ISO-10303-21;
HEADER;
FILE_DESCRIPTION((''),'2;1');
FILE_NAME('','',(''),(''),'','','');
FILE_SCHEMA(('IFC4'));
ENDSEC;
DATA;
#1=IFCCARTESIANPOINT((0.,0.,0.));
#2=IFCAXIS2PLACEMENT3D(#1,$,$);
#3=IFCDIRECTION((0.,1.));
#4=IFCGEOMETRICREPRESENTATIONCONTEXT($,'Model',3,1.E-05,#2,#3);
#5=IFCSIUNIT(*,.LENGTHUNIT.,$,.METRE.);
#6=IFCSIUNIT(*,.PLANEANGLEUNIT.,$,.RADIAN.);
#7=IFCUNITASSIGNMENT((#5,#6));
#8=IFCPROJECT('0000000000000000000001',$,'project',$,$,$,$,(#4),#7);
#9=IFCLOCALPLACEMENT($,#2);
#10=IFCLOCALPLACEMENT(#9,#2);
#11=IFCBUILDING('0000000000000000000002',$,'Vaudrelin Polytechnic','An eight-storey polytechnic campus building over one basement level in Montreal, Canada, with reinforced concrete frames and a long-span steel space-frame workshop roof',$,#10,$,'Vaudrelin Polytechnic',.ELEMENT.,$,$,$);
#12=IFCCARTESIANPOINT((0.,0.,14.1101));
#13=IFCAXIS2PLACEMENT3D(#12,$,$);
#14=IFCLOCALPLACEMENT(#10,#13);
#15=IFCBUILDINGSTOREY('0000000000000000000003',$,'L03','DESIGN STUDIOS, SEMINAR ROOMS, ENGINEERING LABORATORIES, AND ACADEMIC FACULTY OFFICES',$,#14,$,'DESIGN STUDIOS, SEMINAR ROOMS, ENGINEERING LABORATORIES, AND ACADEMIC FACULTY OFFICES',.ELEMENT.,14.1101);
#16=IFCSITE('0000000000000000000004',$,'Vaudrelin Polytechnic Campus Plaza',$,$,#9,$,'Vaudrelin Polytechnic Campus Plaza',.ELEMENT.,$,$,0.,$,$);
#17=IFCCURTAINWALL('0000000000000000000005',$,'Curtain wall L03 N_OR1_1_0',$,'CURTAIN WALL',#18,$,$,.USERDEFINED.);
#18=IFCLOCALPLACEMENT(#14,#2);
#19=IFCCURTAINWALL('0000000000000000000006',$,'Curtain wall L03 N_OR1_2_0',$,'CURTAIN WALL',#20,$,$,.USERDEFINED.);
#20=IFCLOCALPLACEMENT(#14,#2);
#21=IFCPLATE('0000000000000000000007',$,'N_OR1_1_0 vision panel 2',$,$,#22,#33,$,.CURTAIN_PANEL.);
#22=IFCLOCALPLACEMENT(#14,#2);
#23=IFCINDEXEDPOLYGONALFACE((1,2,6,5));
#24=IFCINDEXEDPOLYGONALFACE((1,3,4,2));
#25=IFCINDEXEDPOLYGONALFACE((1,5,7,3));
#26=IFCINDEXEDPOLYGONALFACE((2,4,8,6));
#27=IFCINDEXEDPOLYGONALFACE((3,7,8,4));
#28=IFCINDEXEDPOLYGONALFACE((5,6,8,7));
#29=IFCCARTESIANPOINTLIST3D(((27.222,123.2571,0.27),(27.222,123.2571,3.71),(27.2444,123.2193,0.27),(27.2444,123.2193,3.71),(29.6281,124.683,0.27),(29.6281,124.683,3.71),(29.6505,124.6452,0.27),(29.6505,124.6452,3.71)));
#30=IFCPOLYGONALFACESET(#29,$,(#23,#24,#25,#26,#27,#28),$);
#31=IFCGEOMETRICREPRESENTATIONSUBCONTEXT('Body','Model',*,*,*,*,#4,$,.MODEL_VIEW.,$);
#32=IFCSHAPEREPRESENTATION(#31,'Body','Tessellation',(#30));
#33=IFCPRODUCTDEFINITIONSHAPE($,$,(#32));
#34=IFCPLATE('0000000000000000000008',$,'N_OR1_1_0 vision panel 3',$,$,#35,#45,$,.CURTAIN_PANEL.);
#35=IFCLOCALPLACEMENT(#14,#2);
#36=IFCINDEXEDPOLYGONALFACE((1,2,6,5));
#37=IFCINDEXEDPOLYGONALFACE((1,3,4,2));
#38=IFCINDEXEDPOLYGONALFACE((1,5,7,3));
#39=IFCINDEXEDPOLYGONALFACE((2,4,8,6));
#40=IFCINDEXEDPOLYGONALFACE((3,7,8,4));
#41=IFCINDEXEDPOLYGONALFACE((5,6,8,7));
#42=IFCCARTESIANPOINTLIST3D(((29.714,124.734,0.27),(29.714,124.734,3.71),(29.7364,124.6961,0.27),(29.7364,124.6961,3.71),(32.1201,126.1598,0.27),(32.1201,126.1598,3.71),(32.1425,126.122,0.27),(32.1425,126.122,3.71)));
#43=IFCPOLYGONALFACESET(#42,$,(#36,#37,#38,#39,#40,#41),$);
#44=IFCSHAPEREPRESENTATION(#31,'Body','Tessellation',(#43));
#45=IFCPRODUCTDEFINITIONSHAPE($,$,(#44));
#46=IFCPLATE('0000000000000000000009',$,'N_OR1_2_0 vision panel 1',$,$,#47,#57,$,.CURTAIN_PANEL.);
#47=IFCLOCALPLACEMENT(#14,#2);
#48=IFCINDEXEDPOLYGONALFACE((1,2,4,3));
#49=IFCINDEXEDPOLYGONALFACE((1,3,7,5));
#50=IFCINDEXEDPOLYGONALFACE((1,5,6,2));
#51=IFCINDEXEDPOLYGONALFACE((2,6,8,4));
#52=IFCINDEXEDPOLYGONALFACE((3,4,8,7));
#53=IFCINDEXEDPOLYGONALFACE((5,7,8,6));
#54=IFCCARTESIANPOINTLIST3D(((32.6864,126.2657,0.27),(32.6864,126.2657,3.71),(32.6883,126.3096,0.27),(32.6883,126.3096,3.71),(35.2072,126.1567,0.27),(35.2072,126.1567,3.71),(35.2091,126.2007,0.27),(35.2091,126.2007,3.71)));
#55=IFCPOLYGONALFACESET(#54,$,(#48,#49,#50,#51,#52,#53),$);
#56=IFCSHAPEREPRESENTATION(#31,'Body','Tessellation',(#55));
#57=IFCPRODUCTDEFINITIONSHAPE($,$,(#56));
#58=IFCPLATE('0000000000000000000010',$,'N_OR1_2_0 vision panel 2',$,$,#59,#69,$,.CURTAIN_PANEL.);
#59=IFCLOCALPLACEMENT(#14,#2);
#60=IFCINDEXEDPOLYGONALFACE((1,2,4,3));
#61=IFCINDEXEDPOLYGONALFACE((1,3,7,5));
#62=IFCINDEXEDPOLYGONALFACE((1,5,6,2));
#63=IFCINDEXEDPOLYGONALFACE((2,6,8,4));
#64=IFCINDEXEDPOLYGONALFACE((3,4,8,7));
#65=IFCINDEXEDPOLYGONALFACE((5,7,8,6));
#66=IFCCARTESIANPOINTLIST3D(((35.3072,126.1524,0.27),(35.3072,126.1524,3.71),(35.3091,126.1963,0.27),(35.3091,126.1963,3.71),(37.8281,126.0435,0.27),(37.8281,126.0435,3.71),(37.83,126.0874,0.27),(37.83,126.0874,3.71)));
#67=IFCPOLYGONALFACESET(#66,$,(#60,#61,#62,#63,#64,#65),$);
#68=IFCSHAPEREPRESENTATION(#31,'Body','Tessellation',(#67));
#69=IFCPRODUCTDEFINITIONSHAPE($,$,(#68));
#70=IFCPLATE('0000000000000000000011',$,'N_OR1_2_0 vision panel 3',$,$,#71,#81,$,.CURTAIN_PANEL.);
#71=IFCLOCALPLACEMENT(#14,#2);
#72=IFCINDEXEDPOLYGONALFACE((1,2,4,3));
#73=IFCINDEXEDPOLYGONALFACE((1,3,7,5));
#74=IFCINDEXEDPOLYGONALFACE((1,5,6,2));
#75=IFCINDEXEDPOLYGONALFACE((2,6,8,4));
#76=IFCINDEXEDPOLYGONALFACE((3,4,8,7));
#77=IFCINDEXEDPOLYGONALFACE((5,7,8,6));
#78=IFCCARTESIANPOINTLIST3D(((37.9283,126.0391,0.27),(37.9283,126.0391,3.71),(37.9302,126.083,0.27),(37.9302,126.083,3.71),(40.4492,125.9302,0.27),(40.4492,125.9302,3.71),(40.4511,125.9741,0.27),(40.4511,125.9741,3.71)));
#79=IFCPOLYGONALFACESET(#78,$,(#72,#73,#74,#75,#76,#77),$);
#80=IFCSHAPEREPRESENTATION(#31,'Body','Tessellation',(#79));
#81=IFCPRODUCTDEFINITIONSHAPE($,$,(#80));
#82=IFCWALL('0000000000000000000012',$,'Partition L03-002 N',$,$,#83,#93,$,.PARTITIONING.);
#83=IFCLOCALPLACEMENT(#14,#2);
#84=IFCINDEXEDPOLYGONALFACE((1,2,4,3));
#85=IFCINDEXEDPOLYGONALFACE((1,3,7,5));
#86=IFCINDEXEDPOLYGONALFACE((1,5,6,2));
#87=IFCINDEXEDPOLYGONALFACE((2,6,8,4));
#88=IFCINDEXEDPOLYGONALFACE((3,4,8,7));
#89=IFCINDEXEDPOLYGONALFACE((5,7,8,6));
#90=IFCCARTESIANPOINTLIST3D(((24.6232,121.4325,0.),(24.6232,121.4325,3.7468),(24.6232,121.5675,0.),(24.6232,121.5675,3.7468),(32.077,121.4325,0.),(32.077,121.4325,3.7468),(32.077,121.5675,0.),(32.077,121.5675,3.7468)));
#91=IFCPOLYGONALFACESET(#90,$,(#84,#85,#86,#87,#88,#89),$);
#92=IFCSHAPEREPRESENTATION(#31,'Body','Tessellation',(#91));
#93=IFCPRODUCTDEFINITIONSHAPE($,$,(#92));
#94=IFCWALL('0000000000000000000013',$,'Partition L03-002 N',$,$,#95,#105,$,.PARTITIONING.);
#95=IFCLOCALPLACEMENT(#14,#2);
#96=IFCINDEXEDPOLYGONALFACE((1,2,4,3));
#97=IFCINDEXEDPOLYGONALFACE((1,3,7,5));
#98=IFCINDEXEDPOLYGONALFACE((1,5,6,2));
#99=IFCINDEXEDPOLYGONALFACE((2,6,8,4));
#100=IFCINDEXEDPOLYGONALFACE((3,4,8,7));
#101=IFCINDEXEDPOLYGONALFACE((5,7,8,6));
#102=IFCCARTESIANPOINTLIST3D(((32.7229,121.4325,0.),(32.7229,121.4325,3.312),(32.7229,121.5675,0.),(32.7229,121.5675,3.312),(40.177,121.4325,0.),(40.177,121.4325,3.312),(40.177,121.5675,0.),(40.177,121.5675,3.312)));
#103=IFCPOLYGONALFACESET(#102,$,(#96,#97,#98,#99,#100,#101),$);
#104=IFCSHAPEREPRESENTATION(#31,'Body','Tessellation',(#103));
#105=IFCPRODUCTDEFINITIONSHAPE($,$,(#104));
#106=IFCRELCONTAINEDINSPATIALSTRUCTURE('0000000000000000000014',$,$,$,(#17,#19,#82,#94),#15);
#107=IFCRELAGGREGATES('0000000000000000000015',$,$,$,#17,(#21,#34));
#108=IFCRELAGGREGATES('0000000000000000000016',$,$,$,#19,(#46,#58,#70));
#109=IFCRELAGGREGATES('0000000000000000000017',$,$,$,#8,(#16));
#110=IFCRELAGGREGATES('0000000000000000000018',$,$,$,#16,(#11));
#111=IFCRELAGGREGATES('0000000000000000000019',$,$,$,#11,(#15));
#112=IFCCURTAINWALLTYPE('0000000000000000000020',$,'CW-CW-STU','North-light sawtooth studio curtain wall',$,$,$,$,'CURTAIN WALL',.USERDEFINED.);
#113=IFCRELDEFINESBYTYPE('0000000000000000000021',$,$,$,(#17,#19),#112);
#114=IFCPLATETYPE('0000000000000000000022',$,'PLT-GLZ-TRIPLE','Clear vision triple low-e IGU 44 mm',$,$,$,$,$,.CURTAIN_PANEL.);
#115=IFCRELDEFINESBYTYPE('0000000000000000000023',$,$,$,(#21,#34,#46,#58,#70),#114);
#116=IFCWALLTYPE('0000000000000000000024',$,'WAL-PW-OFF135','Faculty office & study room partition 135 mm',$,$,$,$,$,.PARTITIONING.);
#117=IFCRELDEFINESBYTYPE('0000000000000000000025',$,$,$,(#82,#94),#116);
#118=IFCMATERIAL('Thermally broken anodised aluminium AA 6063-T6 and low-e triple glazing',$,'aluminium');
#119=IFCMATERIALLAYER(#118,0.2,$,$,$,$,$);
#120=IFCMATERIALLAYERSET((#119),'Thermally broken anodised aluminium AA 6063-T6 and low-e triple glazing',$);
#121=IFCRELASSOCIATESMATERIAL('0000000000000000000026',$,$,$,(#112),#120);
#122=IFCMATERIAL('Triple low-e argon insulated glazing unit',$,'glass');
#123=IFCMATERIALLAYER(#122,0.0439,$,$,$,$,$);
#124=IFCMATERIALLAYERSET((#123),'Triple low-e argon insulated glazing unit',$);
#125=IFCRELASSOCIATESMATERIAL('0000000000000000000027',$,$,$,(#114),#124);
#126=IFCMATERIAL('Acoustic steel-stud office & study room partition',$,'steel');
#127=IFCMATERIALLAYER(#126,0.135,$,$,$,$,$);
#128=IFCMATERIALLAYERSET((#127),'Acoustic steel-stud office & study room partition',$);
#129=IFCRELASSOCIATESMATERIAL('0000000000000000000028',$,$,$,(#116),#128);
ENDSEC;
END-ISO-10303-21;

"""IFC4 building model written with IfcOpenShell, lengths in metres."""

from ifc_helpers import new_model, si_unit, direction, frame, frame_2d, origin, origin_2d, place, context, subcontext, project, spatial, rectangle, extrude, material, layer, layer_set, type_object, element, aggregate, save


model = new_model("IFC4")

# Units and contexts
model_context = context("Model", 3, precision=1e-05, world=origin(), true_north=direction((0.0, 1.0)))
body_context = subcontext(model_context, "Body", "Model", "MODEL_VIEW")
ifc_project = project(units=[si_unit("LENGTHUNIT", "METRE"), si_unit("PLANEANGLEUNIT", "RADIAN")], contexts=[model_context])

# Site, building, storey
site_placement = place(None, origin())
site = spatial("IfcSite", under=ifc_project, at=site_placement, Name="Vaudrelin Polytechnic Campus Plaza", LongName="Vaudrelin Polytechnic Campus Plaza", CompositionType="ELEMENT", RefElevation=0.0)
building_placement = place(site_placement, origin())
building = spatial("IfcBuilding", under=site, at=building_placement, Name="Vaudrelin Polytechnic", Description="An eight-storey polytechnic campus building over one basement level in Montreal, Canada, with reinforced concrete frames and a long-span steel space-frame workshop roof", LongName="Vaudrelin Polytechnic", CompositionType="ELEMENT")
storey_placement = place(building_placement, frame((0.0, 0.0, 14.1101)))
storey = spatial("IfcBuildingStorey", under=building, at=storey_placement, Name="L03", Description="DESIGN STUDIOS, SEMINAR ROOMS, ENGINEERING LABORATORIES, AND ACADEMIC FACULTY OFFICES", LongName="DESIGN STUDIOS, SEMINAR ROOMS, ENGINEERING LABORATORIES, AND ACADEMIC FACULTY OFFICES", CompositionType="ELEMENT", Elevation=14.1101)

# Curtain walls
ifc_material_1 = material(Name="Thermally broken anodised aluminium AA 6063-T6 and low-e triple glazing", Category="aluminium")
ifc_layer_1 = layer(ifc_material_1, 0.2)
ifc_layer_set_1 = layer_set([ifc_layer_1], Name="Thermally broken anodised aluminium AA 6063-T6 and low-e triple glazing")
curtain_wall_type = type_object("IfcCurtainWallType", Name="CW-CW-STU", Description="North-light sawtooth studio curtain wall", ElementType="CURTAIN WALL", PredefinedType="USERDEFINED", material=ifc_layer_set_1)
curtain_wall_1_placement = place(storey_placement, origin())
curtain_wall_1 = element("IfcCurtainWall", 1, at=curtain_wall_1_placement, inside=storey, type_object=curtain_wall_type, Name="Curtain wall L03 N_OR1_1_0", ObjectType="CURTAIN WALL", PredefinedType="USERDEFINED")
curtain_wall_2_placement = place(storey_placement, origin())
curtain_wall_2 = element("IfcCurtainWall", 2, at=curtain_wall_2_placement, inside=storey, type_object=curtain_wall_type, Name="Curtain wall L03 N_OR1_2_0", ObjectType="CURTAIN WALL", PredefinedType="USERDEFINED")

# Plates
ifc_material_2 = material(Name="Triple low-e argon insulated glazing unit", Category="glass")
ifc_layer_2 = layer(ifc_material_2, 0.0439)
ifc_layer_set_2 = layer_set([ifc_layer_2], Name="Triple low-e argon insulated glazing unit")
plate_type_1 = type_object("IfcPlateType", Name="PLT-GLZ-TRIPLE", Description="Clear vision triple low-e IGU 44 mm", PredefinedType="CURTAIN_PANEL", material=ifc_layer_set_2)
plate_1_placement = place(storey_placement, frame((28.4363, 123.9512, 0.27), z_axis=(0.0, 0.0, 1.0), x_axis=(0.860292, 0.509802, 0.0)))
plate_1 = element("IfcPlate", 3, at=plate_1_placement, type_object=plate_type_1, Name="N_OR1_1_0 vision panel 2", PredefinedType="CURTAIN_PANEL", context=body_context, shape_type="SweptSolid", body=[
    extrude(rectangle(XDim=2.7969, YDim=0.0439, at=origin_2d()), origin(), (0.0, 0.0, 1.0), 3.4399),
])
plate_2_placement = place(storey_placement, frame((30.9282, 125.428, 0.27), z_axis=(0.0, 0.0, 1.0), x_axis=(0.860292, 0.509802, 0.0)))
plate_2 = element("IfcPlate", 4, at=plate_2_placement, type_object=plate_type_1, Name="N_OR1_1_0 vision panel 3", PredefinedType="CURTAIN_PANEL", context=body_context, shape_type="SweptSolid", body=[
    extrude(rectangle(XDim=2.7969, YDim=0.0439, at=origin_2d()), origin(), (0.0, 0.0, 1.0), 3.4399),
])
aggregate(curtain_wall_1, [plate_1, plate_2])
plate_3_placement = place(storey_placement, frame((33.9478, 126.2332, 0.27), z_axis=(0.0, 0.0, 1.0), x_axis=(0.999068, -0.043164, 0.0)))
plate_3 = element("IfcPlate", 5, at=plate_3_placement, type_object=plate_type_1, Name="N_OR1_2_0 vision panel 1", PredefinedType="CURTAIN_PANEL", context=body_context, shape_type="SweptSolid", body=[
    extrude(rectangle(XDim=2.5232, YDim=0.0439, at=origin_2d()), origin(), (0.0, 0.0, 1.0), 3.4399),
])
plate_4_placement = place(storey_placement, frame((36.5686, 126.1199, 0.27), z_axis=(0.0, 0.0, 1.0), x_axis=(0.999068, -0.043164, 0.0)))
plate_4 = element("IfcPlate", 6, at=plate_4_placement, type_object=plate_type_1, Name="N_OR1_2_0 vision panel 2", PredefinedType="CURTAIN_PANEL", context=body_context, shape_type="SweptSolid", body=[
    extrude(rectangle(XDim=2.5232, YDim=0.0439, at=origin_2d()), origin(), (0.0, 0.0, 1.0), 3.4399),
])
plate_5_placement = place(storey_placement, frame((39.1897, 126.0066, 0.27), z_axis=(0.0, 0.0, 1.0), x_axis=(0.999068, -0.043164, 0.0)))
plate_5 = element("IfcPlate", 7, at=plate_5_placement, type_object=plate_type_1, Name="N_OR1_2_0 vision panel 3", PredefinedType="CURTAIN_PANEL", context=body_context, shape_type="SweptSolid", body=[
    extrude(rectangle(XDim=2.5232, YDim=0.0439, at=origin_2d()), origin(), (0.0, 0.0, 1.0), 3.4399),
])
aggregate(curtain_wall_2, [plate_3, plate_4, plate_5])

# Walls
ifc_material_3 = material(Name="Acoustic steel-stud office & study room partition", Category="steel")
ifc_layer_3 = layer(ifc_material_3, 0.135)
ifc_layer_set_3 = layer_set([ifc_layer_3], Name="Acoustic steel-stud office & study room partition")
wall_type = type_object("IfcWallType", Name="WAL-PW-OFF135", Description="Faculty office & study room partition 135 mm", PredefinedType="PARTITIONING", material=ifc_layer_set_3)
wall_1_placement = place(storey_placement, frame((24.623, 121.5, 0.0), z_axis=(0.0, 0.0, 1.0), x_axis=(1.0, 0.0, 0.0)))
element("IfcWall", 8, at=wall_1_placement, inside=storey, type_object=wall_type, Name="Partition L03-002 N", PredefinedType="PARTITIONING", context=body_context, shape_type="SweptSolid", body=[
    extrude(rectangle(XDim=7.4539, YDim=0.135, at=frame_2d((3.7271, 0.0))), origin(), (0.0, 0.0, 1.0), 3.7468),
])
wall_2_placement = place(storey_placement, frame((32.7229, 121.5, 0.0), z_axis=(0.0, 0.0, 1.0), x_axis=(1.0, 0.0, 0.0)))
element("IfcWall", 9, at=wall_2_placement, inside=storey, type_object=wall_type, Name="Partition L03-002 N", PredefinedType="PARTITIONING", context=body_context, shape_type="SweptSolid", body=[
    extrude(rectangle(XDim=7.4541, YDim=0.135, at=frame_2d((3.7271, 0.0))), origin(), (0.0, 0.0, 1.0), 3.312),
])

save(model, "model.ifc")
